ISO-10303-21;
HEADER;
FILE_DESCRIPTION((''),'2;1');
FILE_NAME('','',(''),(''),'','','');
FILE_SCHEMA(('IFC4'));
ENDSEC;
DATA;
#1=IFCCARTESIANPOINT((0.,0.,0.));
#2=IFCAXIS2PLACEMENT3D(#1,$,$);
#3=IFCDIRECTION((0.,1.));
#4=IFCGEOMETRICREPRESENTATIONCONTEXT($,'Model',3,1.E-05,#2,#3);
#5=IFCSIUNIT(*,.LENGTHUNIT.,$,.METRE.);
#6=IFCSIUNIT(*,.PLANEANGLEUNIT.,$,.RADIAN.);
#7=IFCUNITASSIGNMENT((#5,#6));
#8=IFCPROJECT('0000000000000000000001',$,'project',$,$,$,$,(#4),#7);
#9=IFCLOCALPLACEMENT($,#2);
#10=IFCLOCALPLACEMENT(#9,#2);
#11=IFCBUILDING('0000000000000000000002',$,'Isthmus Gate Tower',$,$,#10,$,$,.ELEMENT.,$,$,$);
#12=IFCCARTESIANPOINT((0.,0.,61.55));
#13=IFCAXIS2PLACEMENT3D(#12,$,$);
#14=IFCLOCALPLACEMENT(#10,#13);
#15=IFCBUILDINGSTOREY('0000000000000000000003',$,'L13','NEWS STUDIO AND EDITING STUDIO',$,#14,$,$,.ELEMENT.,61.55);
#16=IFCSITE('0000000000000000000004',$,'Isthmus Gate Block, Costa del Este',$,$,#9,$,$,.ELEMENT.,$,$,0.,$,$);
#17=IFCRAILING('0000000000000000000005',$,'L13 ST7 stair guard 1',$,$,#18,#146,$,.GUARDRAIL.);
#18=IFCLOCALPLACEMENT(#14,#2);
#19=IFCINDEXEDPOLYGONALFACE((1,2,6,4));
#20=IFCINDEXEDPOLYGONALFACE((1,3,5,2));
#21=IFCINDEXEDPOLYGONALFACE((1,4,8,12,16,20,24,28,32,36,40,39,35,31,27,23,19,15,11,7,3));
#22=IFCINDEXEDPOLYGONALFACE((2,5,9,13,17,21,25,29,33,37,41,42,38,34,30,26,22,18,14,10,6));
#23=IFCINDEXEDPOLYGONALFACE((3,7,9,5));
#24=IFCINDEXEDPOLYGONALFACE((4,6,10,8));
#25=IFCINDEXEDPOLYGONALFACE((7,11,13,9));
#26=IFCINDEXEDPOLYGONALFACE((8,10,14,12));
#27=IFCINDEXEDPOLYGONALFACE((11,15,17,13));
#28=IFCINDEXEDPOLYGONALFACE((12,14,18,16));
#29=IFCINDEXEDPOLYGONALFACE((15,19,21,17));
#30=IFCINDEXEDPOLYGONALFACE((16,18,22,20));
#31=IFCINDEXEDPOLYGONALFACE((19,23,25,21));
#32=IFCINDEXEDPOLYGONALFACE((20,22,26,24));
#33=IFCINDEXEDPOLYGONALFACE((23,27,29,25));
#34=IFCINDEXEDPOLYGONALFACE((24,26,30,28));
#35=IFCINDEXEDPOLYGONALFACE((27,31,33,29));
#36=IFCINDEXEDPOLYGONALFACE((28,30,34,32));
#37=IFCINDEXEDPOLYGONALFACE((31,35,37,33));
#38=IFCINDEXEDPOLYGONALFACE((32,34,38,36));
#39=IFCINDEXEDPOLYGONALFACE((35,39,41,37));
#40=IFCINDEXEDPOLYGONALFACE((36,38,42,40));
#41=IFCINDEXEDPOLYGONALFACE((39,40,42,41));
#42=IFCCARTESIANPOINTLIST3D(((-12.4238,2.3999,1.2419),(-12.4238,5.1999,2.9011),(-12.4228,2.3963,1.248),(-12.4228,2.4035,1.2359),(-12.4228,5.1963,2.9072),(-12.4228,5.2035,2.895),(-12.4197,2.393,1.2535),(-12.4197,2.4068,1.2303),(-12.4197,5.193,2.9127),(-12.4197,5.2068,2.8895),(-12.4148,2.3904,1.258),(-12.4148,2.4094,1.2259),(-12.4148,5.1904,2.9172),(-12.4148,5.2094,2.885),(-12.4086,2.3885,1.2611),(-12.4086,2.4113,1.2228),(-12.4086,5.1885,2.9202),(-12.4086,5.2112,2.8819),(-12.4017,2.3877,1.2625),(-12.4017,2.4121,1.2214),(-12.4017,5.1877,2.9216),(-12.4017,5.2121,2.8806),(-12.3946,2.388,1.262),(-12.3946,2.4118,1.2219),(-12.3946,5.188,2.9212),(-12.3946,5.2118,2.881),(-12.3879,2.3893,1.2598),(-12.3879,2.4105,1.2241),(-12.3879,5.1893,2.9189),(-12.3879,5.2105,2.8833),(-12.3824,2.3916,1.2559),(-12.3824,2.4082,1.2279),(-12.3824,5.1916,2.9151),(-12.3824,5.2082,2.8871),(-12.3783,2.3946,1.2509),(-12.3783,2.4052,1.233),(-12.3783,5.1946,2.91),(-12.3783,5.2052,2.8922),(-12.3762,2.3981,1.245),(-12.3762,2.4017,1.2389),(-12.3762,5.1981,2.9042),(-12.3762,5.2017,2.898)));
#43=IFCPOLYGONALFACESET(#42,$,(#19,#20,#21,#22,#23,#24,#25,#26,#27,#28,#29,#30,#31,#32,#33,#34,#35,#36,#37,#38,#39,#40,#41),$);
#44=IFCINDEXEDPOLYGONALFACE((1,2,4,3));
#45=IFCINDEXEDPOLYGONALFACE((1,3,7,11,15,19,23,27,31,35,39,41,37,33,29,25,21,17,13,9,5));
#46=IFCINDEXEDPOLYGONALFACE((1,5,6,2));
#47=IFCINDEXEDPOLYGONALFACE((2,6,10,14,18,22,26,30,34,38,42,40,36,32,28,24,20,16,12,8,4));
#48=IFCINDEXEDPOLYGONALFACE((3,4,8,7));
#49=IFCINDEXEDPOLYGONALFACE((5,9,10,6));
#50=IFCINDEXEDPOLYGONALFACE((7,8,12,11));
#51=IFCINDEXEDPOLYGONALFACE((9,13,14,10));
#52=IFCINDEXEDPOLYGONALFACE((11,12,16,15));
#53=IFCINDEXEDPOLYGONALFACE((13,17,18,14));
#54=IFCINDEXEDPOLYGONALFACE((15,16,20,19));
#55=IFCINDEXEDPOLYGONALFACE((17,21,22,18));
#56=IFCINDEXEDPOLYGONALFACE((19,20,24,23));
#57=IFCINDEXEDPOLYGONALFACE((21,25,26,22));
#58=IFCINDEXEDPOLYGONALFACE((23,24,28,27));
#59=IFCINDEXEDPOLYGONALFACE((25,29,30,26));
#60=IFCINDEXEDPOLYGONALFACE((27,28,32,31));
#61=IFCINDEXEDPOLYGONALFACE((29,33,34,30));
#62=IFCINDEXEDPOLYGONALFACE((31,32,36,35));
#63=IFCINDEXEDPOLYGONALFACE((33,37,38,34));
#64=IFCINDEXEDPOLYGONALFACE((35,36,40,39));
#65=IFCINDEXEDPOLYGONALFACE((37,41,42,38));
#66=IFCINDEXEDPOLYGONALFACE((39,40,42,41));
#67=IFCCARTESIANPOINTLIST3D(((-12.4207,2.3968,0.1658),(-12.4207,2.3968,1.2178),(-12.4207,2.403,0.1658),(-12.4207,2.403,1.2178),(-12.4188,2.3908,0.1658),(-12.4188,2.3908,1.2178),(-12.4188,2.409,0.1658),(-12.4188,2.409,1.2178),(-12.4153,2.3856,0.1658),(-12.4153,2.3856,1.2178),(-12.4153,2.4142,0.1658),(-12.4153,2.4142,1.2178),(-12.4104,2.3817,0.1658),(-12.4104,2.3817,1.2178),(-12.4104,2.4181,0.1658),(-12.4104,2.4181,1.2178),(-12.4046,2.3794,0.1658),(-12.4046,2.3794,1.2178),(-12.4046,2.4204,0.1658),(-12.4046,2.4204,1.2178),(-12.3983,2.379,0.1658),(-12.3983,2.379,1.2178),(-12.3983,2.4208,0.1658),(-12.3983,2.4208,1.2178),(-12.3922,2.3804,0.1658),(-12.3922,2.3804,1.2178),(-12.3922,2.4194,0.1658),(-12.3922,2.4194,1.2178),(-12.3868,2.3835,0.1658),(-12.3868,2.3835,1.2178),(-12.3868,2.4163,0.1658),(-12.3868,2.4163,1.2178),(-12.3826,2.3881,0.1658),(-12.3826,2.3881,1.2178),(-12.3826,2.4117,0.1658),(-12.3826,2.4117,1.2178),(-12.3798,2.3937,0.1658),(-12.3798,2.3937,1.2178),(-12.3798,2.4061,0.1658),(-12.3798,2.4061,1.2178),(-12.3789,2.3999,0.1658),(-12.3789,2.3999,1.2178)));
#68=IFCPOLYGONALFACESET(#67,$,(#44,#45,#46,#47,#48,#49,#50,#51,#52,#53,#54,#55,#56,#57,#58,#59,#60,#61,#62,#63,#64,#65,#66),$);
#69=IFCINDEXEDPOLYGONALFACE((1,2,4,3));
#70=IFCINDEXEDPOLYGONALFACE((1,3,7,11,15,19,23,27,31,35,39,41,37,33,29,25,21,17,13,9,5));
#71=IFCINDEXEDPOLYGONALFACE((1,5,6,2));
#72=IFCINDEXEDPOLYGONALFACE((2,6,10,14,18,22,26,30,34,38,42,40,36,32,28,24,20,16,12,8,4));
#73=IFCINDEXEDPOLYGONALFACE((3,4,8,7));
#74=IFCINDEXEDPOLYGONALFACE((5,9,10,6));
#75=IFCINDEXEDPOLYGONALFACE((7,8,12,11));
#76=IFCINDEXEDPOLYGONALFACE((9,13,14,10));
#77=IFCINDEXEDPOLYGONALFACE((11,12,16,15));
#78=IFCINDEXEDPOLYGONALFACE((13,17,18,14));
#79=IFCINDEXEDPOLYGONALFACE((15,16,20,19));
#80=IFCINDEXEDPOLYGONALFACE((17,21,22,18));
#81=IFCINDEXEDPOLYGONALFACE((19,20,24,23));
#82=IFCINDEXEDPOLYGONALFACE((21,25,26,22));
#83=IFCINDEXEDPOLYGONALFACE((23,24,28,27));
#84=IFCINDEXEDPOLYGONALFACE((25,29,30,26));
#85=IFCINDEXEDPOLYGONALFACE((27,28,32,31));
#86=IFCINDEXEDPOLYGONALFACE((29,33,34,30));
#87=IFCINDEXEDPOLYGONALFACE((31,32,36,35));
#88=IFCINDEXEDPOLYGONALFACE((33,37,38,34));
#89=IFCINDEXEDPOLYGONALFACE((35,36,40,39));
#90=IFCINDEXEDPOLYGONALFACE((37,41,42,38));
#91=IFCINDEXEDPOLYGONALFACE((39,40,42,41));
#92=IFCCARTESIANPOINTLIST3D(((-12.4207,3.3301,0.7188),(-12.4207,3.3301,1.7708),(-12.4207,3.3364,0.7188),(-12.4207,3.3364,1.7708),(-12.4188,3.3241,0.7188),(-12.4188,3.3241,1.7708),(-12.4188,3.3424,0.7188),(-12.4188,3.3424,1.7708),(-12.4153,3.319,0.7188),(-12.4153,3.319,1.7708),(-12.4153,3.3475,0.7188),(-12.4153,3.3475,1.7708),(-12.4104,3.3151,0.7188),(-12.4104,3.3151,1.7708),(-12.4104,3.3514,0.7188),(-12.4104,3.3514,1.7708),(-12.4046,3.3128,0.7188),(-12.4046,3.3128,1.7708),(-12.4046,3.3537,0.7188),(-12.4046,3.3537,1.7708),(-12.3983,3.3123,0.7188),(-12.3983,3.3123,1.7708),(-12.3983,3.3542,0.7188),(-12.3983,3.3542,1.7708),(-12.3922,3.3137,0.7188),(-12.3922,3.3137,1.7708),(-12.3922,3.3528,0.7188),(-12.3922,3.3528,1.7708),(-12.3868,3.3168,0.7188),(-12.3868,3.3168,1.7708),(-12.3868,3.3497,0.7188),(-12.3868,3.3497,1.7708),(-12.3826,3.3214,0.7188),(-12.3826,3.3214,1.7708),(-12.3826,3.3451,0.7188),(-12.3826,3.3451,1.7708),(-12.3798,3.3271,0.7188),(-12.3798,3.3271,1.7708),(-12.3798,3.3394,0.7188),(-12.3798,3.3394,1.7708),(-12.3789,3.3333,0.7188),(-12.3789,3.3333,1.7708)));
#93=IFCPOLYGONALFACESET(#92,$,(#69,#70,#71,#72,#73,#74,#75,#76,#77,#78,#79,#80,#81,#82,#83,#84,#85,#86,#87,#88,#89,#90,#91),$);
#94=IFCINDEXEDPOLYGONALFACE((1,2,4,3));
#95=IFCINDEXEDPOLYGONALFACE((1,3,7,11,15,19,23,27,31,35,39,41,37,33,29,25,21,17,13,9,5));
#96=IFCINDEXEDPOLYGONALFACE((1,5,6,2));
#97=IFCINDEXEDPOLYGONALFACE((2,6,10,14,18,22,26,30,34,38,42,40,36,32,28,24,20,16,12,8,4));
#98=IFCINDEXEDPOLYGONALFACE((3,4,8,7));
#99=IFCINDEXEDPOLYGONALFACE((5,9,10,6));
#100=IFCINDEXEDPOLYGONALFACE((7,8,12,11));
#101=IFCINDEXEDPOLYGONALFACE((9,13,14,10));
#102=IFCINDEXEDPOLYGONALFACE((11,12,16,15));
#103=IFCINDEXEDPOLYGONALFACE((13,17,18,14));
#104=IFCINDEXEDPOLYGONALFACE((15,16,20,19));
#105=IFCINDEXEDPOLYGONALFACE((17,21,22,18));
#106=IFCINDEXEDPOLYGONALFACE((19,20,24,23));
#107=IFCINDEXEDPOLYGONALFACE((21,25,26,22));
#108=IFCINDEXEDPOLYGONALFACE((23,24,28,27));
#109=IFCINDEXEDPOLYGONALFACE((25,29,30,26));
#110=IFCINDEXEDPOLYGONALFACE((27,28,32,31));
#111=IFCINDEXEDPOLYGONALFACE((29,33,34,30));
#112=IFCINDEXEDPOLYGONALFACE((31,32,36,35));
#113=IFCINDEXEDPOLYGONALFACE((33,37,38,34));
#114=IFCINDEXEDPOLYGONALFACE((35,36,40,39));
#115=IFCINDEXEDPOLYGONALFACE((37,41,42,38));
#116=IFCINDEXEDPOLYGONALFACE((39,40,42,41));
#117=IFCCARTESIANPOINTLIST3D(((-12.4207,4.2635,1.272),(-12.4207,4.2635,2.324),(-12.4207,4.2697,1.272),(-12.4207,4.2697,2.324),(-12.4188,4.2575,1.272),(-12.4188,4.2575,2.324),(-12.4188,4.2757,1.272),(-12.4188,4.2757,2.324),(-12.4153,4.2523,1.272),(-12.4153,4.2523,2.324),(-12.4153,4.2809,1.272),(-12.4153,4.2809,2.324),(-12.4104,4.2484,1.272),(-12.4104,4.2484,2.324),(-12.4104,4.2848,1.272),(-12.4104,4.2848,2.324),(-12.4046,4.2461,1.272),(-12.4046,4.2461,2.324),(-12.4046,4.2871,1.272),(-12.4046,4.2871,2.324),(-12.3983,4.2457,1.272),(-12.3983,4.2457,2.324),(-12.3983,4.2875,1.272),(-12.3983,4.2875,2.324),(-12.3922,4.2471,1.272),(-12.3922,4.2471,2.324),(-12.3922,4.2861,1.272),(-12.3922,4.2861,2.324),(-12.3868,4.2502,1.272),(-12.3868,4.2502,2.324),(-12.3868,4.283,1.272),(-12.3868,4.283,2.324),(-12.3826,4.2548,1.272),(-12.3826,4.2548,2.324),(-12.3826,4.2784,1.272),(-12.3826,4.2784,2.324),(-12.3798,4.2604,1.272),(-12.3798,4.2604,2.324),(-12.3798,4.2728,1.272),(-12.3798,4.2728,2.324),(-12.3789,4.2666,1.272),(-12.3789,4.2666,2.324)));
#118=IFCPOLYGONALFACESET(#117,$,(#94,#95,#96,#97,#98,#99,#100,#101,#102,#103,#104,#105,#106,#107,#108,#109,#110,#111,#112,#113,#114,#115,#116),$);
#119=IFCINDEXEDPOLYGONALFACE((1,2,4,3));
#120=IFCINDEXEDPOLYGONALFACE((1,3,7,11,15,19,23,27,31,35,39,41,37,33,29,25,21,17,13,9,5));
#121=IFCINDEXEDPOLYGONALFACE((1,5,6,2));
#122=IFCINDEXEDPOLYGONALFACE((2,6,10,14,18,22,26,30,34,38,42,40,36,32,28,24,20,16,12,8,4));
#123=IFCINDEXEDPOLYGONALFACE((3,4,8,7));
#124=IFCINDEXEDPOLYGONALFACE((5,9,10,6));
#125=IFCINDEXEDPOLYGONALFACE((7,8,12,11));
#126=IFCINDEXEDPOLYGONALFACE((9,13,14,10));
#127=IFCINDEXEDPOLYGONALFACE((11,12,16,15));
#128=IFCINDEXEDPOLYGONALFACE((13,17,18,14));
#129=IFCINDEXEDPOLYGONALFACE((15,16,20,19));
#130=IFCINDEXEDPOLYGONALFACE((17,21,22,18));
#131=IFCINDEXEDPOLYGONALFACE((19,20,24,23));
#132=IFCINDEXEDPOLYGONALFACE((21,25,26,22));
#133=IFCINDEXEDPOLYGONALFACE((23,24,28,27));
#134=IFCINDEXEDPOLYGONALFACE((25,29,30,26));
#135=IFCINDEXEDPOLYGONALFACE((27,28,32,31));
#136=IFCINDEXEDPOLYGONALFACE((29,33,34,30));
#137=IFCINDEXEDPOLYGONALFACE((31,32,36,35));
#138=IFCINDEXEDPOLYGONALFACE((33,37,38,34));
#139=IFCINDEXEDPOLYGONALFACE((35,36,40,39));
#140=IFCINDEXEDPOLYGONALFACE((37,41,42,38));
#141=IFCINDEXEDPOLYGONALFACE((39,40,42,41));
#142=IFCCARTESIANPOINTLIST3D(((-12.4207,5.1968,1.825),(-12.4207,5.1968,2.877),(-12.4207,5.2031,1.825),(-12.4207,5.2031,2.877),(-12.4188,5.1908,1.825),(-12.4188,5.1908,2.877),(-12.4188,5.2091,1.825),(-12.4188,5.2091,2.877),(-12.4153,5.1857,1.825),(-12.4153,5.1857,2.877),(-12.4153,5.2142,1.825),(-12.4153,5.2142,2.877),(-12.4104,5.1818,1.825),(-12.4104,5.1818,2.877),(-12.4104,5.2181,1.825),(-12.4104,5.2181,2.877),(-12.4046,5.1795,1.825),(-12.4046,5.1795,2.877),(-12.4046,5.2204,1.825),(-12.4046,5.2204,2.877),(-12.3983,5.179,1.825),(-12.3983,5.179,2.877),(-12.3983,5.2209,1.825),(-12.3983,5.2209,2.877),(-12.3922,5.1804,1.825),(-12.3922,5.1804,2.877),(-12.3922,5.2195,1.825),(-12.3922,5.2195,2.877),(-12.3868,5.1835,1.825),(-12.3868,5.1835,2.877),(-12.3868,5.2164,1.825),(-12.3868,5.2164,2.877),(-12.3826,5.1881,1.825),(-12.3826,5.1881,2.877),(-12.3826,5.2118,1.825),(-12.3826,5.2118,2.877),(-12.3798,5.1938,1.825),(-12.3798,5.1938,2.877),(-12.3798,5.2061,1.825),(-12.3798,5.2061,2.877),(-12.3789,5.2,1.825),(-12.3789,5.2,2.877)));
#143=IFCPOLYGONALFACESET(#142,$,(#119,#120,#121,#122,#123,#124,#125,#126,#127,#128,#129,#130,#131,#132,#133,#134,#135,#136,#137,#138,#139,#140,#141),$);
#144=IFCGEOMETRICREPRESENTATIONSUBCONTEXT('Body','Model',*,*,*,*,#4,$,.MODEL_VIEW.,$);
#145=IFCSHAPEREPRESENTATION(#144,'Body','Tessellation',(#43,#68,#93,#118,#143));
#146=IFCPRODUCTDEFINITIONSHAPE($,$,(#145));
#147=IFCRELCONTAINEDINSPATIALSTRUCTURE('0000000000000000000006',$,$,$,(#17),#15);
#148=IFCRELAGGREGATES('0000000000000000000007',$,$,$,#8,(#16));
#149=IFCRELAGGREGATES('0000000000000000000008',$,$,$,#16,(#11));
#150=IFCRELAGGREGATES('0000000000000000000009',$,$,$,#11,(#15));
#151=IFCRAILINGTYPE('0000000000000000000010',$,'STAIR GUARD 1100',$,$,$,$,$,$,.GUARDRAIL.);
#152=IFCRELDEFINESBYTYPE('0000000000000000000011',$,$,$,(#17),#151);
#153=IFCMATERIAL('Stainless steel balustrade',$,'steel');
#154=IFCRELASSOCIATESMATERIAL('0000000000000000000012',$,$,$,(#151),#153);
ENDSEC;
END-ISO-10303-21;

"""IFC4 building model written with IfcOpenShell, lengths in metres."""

from ifc_helpers import new_model, si_unit, direction, frame, origin, origin_2d, place, context, subcontext, project, spatial, circle, extrude, material, type_object, element, save


model = new_model("IFC4")

# Units and contexts
model_context = context("Model", 3, precision=1e-05, world=origin(), true_north=direction((0.0, 1.0)))
body_context = subcontext(model_context, "Body", "Model", "MODEL_VIEW")
ifc_project = project(units=[si_unit("LENGTHUNIT", "METRE"), si_unit("PLANEANGLEUNIT", "RADIAN")], contexts=[model_context])

# Site, building, storey
site_placement = place(None, origin())
site = spatial("IfcSite", under=ifc_project, at=site_placement, Name="Isthmus Gate Block, Costa del Este", CompositionType="ELEMENT", RefElevation=0.0)
building_placement = place(site_placement, origin())
building = spatial("IfcBuilding", under=site, at=building_placement, Name="Isthmus Gate Tower", CompositionType="ELEMENT")
storey_placement = place(building_placement, frame((0.0, 0.0, 61.55)))
storey = spatial("IfcBuildingStorey", under=building, at=storey_placement, Name="L13", Description="NEWS STUDIO AND EDITING STUDIO", CompositionType="ELEMENT", Elevation=61.55)

# Railing
ifc_material_1 = material(Name="Stainless steel balustrade", Category="steel")
railing_type_1 = type_object("IfcRailingType", Name="STAIR GUARD 1100", PredefinedType="GUARDRAIL", material=ifc_material_1)
railing_1_placement = place(storey_placement, frame((-12.3999, 2.3999, 0.1658)))
element("IfcRailing", 1, at=railing_1_placement, inside=storey, type_object=railing_type_1, Name="L13 ST7 stair guard 1", PredefinedType="GUARDRAIL", context=body_context, shape_type="SweptSolid", body=[
    extrude(circle(Radius=0.0239, at=origin_2d()), frame((0.0, 0.0, 1.0762), z_axis=(0.0, 0.860306, 0.509778), x_axis=(-1.0, 0.0, 0.0)), (0.0, 0.0, 1.0), 3.2546),
    extrude(circle(Radius=0.021, at=origin_2d()), origin(), (0.0, 0.0, 1.0), 1.052),
    extrude(circle(Radius=0.021, at=origin_2d()), frame((0.0, 0.9333, 0.553)), (0.0, 0.0, 1.0), 1.052),
    extrude(circle(Radius=0.021, at=origin_2d()), frame((0.0, 1.8667, 1.1062)), (0.0, 0.0, 1.0), 1.052),
    extrude(circle(Radius=0.021, at=origin_2d()), frame((0.0, 2.8, 1.6592)), (0.0, 0.0, 1.0), 1.052),
])

save(model, "model.ifc")
